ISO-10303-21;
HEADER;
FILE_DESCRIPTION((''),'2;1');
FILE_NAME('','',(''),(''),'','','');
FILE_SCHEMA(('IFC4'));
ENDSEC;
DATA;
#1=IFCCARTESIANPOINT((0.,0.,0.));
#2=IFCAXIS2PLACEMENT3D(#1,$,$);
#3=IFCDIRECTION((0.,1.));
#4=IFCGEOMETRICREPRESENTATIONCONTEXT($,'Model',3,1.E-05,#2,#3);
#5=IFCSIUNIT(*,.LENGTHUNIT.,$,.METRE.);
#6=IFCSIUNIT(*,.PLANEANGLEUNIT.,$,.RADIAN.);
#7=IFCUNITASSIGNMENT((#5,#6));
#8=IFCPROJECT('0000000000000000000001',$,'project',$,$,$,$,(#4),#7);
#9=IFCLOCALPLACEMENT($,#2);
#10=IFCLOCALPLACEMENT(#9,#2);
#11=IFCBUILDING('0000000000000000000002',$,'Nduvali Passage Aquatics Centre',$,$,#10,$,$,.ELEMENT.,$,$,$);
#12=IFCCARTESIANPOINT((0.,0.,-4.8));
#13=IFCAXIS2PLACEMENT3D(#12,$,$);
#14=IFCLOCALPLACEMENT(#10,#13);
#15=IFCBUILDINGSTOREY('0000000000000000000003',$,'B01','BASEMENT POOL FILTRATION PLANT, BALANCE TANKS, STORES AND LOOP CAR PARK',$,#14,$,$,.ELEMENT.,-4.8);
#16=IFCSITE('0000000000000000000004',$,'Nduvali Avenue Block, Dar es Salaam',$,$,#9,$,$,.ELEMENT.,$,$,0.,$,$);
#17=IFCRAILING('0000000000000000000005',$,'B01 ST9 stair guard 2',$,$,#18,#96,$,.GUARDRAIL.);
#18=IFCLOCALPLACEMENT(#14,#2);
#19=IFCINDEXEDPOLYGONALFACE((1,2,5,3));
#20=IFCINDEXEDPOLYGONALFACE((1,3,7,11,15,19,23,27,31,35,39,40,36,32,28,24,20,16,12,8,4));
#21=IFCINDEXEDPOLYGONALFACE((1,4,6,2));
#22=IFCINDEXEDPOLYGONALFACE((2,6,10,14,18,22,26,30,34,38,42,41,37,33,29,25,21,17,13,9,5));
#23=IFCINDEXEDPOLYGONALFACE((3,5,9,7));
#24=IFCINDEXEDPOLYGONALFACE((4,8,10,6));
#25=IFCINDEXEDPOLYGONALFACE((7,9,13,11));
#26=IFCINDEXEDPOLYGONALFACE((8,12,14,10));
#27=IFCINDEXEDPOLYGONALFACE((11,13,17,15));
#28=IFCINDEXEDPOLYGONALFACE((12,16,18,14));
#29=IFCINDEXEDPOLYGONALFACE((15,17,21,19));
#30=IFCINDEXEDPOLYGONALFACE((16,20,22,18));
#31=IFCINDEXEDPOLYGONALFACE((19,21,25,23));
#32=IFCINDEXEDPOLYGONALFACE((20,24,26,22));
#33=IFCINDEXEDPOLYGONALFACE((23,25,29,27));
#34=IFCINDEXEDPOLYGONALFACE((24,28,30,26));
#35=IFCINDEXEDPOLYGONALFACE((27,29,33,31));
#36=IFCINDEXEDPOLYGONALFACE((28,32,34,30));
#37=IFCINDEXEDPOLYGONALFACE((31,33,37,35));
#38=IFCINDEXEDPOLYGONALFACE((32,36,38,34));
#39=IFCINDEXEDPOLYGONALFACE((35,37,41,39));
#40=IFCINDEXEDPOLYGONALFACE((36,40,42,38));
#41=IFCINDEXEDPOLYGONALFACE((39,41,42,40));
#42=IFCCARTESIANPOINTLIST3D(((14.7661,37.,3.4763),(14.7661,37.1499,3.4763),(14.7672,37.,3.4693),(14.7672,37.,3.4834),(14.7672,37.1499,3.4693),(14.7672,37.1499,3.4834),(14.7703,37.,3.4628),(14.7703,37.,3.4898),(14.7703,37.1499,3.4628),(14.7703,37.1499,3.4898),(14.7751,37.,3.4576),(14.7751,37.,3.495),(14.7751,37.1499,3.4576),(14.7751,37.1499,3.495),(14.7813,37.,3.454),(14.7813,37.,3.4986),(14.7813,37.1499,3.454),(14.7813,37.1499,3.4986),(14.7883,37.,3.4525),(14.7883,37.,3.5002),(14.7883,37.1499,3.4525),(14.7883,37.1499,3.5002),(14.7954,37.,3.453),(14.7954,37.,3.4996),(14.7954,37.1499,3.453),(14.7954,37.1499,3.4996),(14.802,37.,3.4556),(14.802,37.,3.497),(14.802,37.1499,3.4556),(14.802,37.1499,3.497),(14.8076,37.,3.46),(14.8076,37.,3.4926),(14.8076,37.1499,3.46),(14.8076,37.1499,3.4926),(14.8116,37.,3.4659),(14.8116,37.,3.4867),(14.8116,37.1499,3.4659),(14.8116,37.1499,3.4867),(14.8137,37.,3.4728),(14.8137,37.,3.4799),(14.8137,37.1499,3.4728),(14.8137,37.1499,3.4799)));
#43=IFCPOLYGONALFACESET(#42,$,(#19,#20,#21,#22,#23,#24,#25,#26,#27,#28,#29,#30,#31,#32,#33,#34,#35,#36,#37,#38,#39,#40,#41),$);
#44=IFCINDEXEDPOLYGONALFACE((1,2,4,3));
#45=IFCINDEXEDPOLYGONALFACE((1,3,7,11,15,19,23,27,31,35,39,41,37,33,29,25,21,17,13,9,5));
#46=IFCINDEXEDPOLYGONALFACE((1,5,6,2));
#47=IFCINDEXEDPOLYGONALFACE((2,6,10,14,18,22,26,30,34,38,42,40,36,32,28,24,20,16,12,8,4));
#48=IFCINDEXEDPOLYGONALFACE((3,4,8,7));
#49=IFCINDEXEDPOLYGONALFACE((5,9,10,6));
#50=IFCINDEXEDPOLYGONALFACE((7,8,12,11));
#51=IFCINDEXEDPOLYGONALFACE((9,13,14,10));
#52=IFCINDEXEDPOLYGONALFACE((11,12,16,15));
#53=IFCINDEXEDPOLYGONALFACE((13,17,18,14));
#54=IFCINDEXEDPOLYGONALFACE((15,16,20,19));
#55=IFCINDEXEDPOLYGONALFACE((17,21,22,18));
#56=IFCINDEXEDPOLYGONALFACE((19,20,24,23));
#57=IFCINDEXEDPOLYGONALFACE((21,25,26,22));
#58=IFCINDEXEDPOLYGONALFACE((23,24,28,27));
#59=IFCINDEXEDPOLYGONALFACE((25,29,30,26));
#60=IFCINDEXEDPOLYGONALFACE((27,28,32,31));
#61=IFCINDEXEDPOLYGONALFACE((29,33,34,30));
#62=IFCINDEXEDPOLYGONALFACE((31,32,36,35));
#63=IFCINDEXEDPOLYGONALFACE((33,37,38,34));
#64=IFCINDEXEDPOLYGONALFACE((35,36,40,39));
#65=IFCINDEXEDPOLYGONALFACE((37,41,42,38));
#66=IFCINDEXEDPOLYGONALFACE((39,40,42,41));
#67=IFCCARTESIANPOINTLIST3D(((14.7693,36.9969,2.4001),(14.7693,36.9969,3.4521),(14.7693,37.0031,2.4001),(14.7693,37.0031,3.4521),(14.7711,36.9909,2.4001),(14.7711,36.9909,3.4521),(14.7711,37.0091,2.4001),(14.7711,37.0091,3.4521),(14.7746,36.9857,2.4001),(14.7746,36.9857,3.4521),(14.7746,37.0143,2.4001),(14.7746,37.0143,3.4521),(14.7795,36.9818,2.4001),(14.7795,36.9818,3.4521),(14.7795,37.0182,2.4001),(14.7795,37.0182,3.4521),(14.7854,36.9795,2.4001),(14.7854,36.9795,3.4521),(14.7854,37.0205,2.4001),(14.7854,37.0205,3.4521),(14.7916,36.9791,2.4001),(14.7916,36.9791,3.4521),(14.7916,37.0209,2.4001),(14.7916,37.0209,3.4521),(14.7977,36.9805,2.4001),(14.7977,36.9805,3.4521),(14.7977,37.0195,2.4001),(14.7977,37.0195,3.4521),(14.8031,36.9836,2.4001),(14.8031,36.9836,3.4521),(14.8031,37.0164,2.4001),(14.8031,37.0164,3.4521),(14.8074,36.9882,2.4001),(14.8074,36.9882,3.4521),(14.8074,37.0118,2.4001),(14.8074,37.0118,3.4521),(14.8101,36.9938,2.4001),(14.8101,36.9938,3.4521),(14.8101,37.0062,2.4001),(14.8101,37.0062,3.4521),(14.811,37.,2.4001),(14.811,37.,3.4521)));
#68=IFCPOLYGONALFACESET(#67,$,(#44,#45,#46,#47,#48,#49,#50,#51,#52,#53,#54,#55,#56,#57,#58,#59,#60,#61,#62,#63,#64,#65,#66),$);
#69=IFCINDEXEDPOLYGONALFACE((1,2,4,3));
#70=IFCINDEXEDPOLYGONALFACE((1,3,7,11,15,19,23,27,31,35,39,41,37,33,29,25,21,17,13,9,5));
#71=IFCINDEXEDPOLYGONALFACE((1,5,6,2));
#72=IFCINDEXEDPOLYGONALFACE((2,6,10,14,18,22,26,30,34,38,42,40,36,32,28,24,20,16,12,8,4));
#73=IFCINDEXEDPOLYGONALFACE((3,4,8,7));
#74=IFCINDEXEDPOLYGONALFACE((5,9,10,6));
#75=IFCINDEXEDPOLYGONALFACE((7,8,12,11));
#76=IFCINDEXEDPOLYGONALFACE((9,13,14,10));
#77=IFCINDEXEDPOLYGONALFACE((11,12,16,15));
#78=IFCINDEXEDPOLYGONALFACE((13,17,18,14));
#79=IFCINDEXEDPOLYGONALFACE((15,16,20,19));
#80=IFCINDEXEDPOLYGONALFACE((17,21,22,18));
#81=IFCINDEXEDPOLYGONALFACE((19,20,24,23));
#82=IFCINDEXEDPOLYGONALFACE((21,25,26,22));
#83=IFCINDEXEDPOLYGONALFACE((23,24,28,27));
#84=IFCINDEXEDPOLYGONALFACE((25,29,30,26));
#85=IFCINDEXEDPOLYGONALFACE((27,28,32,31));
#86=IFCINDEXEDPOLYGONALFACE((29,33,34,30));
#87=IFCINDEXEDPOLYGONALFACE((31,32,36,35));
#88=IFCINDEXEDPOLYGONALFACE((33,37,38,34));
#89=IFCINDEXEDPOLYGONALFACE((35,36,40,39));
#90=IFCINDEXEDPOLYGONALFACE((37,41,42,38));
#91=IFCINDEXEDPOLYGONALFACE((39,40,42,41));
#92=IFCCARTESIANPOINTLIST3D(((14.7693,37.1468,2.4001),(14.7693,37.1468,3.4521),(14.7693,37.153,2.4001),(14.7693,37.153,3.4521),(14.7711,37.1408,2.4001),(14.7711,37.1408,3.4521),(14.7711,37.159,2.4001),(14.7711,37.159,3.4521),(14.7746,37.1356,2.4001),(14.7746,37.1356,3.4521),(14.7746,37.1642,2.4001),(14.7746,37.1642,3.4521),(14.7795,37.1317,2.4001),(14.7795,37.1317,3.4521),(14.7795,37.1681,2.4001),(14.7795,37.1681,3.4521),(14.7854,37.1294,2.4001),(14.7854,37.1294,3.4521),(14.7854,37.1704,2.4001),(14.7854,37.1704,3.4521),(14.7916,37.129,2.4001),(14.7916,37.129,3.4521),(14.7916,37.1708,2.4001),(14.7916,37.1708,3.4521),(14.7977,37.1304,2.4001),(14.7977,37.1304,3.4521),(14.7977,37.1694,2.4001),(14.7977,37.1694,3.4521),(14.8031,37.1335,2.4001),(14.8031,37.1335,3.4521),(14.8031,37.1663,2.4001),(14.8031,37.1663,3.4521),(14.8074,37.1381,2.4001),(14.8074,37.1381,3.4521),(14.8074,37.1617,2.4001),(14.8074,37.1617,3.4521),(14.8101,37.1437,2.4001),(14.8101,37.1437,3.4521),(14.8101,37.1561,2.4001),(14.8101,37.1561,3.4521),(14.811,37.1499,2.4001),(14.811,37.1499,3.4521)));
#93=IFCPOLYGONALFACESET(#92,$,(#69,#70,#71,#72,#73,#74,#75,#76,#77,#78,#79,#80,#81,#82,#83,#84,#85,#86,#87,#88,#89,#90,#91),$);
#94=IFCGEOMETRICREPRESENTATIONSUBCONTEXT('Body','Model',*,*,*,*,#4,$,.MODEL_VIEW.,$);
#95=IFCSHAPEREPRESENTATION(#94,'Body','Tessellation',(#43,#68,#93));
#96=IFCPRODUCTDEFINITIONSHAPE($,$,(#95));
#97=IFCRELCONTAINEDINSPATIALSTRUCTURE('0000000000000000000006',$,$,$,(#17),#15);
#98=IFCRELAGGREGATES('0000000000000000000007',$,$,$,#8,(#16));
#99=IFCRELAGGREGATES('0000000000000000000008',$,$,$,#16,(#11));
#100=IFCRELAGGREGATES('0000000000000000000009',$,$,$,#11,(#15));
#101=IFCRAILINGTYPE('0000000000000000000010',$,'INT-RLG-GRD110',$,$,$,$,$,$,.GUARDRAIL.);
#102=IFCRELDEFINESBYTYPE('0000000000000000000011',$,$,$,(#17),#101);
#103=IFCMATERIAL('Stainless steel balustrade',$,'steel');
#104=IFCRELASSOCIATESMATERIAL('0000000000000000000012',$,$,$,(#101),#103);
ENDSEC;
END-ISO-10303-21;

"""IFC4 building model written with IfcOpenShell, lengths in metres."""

from ifc_helpers import new_model, si_unit, direction, frame, origin, origin_2d, place, context, subcontext, project, spatial, circle, extrude, material, type_object, element, save


model = new_model("IFC4")

# Units and contexts
model_context = context("Model", 3, precision=1e-05, world=origin(), true_north=direction((0.0, 1.0)))
body_context = subcontext(model_context, "Body", "Model", "MODEL_VIEW")
ifc_project = project(units=[si_unit("LENGTHUNIT", "METRE"), si_unit("PLANEANGLEUNIT", "RADIAN")], contexts=[model_context])

# Site, building, storey
site_placement = place(None, origin())
site = spatial("IfcSite", under=ifc_project, at=site_placement, Name="Nduvali Avenue Block, Dar es Salaam", CompositionType="ELEMENT", RefElevation=0.0)
building_placement = place(site_placement, origin())
building = spatial("IfcBuilding", under=site, at=building_placement, Name="Nduvali Passage Aquatics Centre", CompositionType="ELEMENT")
storey_placement = place(building_placement, frame((0.0, 0.0, -4.8)))
storey = spatial("IfcBuildingStorey", under=building, at=storey_placement, Name="B01", Description="BASEMENT POOL FILTRATION PLANT, BALANCE TANKS, STORES AND LOOP CAR PARK", CompositionType="ELEMENT", Elevation=-4.8)

# Railing
ifc_material_1 = material(Name="Stainless steel balustrade", Category="steel")
railing_type_1 = type_object("IfcRailingType", Name="INT-RLG-GRD110", PredefinedType="GUARDRAIL", material=ifc_material_1)
railing_1_placement = place(storey_placement, frame((14.79, 37.0, 2.4001)))
element("IfcRailing", 1, at=railing_1_placement, inside=storey, type_object=railing_type_1, Name="B01 ST9 stair guard 2", PredefinedType="GUARDRAIL", context=body_context, shape_type="SweptSolid", body=[
    extrude(circle(Radius=0.0239, at=origin_2d()), frame((0.0, 0.0, 1.0762), z_axis=(0.0, 1.0, 0.0), x_axis=(-1.0, 0.0, 0.0)), (0.0, 0.0, 1.0), 0.1499),
    extrude(circle(Radius=0.021, at=origin_2d()), origin(), (0.0, 0.0, 1.0), 1.052),
    extrude(circle(Radius=0.021, at=origin_2d()), frame((0.0, 0.1499, 0.0)), (0.0, 0.0, 1.0), 1.052),
])

save(model, "model.ifc")
